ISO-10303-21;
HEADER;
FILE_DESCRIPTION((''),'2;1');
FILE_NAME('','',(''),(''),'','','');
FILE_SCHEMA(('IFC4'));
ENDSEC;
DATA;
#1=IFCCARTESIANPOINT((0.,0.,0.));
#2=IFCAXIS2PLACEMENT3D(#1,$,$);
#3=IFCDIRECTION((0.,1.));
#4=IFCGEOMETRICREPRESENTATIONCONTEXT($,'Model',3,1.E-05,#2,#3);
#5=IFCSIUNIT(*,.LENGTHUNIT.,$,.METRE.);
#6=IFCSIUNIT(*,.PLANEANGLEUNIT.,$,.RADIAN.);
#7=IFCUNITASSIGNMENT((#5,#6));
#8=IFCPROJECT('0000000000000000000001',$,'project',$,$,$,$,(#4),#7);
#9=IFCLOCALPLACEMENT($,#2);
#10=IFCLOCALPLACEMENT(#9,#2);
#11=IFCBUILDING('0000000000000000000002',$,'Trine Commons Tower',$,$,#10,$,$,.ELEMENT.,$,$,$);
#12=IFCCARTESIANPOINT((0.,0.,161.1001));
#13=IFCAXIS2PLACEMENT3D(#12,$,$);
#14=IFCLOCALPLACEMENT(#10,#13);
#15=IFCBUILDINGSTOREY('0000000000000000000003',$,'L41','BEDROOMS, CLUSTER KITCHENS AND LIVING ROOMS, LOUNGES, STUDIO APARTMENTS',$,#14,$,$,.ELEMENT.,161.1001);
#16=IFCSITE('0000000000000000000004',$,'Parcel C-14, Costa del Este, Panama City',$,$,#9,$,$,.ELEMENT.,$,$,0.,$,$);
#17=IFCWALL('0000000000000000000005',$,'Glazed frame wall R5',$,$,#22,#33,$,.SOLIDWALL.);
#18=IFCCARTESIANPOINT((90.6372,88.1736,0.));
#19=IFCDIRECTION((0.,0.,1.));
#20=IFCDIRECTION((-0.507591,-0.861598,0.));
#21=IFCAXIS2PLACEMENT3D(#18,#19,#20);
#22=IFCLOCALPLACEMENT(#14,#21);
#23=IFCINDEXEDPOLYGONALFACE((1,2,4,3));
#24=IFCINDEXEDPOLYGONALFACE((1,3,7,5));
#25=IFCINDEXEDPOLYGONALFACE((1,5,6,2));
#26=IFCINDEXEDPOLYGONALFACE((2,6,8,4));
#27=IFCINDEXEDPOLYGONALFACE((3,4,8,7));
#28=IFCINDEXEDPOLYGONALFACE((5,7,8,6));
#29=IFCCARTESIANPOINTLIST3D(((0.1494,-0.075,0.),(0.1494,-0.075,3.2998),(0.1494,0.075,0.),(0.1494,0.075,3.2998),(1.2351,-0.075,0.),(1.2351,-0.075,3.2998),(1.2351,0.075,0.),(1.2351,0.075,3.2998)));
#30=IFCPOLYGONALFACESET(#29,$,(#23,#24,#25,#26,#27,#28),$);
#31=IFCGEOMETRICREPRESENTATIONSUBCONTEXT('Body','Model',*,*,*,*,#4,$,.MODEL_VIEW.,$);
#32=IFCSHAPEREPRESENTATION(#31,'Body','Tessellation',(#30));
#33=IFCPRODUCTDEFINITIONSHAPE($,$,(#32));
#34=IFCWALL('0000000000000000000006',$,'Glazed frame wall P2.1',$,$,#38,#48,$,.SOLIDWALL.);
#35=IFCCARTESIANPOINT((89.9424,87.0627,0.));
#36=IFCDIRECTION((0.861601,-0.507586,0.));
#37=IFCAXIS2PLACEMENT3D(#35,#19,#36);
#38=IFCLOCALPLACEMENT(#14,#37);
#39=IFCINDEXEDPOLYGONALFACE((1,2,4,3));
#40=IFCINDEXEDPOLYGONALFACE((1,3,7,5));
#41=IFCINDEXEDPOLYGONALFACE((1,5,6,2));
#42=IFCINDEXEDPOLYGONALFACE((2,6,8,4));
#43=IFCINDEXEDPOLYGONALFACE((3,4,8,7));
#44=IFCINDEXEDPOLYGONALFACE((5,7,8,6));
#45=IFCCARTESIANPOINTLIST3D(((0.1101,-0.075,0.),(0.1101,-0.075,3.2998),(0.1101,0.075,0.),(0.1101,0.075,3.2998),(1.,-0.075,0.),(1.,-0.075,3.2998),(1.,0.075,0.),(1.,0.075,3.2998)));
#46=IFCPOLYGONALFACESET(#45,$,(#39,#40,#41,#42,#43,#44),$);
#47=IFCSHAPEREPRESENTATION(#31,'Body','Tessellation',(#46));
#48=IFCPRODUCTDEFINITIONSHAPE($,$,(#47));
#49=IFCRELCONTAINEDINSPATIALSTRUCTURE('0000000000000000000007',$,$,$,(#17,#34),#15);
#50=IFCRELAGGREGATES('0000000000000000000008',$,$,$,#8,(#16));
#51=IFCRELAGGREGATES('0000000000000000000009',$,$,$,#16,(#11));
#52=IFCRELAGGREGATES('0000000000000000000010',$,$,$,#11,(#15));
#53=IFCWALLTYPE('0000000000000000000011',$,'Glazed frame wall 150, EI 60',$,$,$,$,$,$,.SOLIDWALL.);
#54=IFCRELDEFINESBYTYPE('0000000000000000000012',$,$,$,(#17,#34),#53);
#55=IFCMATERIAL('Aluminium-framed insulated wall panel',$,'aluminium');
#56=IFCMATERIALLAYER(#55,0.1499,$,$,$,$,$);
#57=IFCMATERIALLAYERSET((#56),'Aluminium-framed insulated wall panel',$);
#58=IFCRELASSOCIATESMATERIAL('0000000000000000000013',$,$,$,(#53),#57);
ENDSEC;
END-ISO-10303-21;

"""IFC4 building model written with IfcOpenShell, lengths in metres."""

from ifc_helpers import new_model, si_unit, direction, frame, origin, place, context, subcontext, project, spatial, polyline, outline, extrude, material, layer, layer_set, type_object, element, save


model = new_model("IFC4")

# Units and contexts
model_context = context("Model", 3, precision=1e-05, world=origin(), true_north=direction((0.0, 1.0)))
body_context = subcontext(model_context, "Body", "Model", "MODEL_VIEW")
ifc_project = project(units=[si_unit("LENGTHUNIT", "METRE"), si_unit("PLANEANGLEUNIT", "RADIAN")], contexts=[model_context])

# Site, building, storey
site_placement = place(None, origin())
site = spatial("IfcSite", under=ifc_project, at=site_placement, Name="Parcel C-14, Costa del Este, Panama City", CompositionType="ELEMENT", RefElevation=0.0)
building_placement = place(site_placement, origin())
building = spatial("IfcBuilding", under=site, at=building_placement, Name="Trine Commons Tower", CompositionType="ELEMENT")
storey_placement = place(building_placement, frame((0.0, 0.0, 161.1001)))
storey = spatial("IfcBuildingStorey", under=building, at=storey_placement, Name="L41", Description="BEDROOMS, CLUSTER KITCHENS AND LIVING ROOMS, LOUNGES, STUDIO APARTMENTS", CompositionType="ELEMENT", Elevation=161.1001)

# Walls
ifc_material_1 = material(Name="Aluminium-framed insulated wall panel", Category="aluminium")
ifc_layer_1 = layer(ifc_material_1, 0.1499)
ifc_layer_set_1 = layer_set([ifc_layer_1], Name="Aluminium-framed insulated wall panel")
wall_type_1 = type_object("IfcWallType", Name="Glazed frame wall 150, EI 60", PredefinedType="SOLIDWALL", material=ifc_layer_set_1)
wall_1_placement = place(storey_placement, frame((90.6372, 88.1736, 0.0), z_axis=(0.0, 0.0, 1.0), x_axis=(-0.507591, -0.861598, 0.0)))
element("IfcWall", 1, at=wall_1_placement, inside=storey, type_object=wall_type_1, Name="Glazed frame wall R5", PredefinedType="SOLIDWALL", context=body_context, shape_type="SweptSolid", body=[
    extrude(outline(polyline([(0.1494, 0.075), (0.1494, -0.075), (1.2351, -0.075), (1.2351, 0.075), (0.1494, 0.075)])), origin(), (0.0, 0.0, 1.0), 3.2998),
])
wall_2_placement = place(storey_placement, frame((89.9424, 87.0627, 0.0), z_axis=(0.0, 0.0, 1.0), x_axis=(0.861601, -0.507586, 0.0)))
element("IfcWall", 2, at=wall_2_placement, inside=storey, type_object=wall_type_1, Name="Glazed frame wall P2.1", PredefinedType="SOLIDWALL", context=body_context, shape_type="SweptSolid", body=[
    extrude(outline(polyline([(0.1101, -0.075), (1.0, -0.075), (1.0, 0.075), (0.1101, 0.075), (0.1101, -0.075)])), origin(), (0.0, 0.0, 1.0), 3.2998),
])

save(model, "model.ifc")
